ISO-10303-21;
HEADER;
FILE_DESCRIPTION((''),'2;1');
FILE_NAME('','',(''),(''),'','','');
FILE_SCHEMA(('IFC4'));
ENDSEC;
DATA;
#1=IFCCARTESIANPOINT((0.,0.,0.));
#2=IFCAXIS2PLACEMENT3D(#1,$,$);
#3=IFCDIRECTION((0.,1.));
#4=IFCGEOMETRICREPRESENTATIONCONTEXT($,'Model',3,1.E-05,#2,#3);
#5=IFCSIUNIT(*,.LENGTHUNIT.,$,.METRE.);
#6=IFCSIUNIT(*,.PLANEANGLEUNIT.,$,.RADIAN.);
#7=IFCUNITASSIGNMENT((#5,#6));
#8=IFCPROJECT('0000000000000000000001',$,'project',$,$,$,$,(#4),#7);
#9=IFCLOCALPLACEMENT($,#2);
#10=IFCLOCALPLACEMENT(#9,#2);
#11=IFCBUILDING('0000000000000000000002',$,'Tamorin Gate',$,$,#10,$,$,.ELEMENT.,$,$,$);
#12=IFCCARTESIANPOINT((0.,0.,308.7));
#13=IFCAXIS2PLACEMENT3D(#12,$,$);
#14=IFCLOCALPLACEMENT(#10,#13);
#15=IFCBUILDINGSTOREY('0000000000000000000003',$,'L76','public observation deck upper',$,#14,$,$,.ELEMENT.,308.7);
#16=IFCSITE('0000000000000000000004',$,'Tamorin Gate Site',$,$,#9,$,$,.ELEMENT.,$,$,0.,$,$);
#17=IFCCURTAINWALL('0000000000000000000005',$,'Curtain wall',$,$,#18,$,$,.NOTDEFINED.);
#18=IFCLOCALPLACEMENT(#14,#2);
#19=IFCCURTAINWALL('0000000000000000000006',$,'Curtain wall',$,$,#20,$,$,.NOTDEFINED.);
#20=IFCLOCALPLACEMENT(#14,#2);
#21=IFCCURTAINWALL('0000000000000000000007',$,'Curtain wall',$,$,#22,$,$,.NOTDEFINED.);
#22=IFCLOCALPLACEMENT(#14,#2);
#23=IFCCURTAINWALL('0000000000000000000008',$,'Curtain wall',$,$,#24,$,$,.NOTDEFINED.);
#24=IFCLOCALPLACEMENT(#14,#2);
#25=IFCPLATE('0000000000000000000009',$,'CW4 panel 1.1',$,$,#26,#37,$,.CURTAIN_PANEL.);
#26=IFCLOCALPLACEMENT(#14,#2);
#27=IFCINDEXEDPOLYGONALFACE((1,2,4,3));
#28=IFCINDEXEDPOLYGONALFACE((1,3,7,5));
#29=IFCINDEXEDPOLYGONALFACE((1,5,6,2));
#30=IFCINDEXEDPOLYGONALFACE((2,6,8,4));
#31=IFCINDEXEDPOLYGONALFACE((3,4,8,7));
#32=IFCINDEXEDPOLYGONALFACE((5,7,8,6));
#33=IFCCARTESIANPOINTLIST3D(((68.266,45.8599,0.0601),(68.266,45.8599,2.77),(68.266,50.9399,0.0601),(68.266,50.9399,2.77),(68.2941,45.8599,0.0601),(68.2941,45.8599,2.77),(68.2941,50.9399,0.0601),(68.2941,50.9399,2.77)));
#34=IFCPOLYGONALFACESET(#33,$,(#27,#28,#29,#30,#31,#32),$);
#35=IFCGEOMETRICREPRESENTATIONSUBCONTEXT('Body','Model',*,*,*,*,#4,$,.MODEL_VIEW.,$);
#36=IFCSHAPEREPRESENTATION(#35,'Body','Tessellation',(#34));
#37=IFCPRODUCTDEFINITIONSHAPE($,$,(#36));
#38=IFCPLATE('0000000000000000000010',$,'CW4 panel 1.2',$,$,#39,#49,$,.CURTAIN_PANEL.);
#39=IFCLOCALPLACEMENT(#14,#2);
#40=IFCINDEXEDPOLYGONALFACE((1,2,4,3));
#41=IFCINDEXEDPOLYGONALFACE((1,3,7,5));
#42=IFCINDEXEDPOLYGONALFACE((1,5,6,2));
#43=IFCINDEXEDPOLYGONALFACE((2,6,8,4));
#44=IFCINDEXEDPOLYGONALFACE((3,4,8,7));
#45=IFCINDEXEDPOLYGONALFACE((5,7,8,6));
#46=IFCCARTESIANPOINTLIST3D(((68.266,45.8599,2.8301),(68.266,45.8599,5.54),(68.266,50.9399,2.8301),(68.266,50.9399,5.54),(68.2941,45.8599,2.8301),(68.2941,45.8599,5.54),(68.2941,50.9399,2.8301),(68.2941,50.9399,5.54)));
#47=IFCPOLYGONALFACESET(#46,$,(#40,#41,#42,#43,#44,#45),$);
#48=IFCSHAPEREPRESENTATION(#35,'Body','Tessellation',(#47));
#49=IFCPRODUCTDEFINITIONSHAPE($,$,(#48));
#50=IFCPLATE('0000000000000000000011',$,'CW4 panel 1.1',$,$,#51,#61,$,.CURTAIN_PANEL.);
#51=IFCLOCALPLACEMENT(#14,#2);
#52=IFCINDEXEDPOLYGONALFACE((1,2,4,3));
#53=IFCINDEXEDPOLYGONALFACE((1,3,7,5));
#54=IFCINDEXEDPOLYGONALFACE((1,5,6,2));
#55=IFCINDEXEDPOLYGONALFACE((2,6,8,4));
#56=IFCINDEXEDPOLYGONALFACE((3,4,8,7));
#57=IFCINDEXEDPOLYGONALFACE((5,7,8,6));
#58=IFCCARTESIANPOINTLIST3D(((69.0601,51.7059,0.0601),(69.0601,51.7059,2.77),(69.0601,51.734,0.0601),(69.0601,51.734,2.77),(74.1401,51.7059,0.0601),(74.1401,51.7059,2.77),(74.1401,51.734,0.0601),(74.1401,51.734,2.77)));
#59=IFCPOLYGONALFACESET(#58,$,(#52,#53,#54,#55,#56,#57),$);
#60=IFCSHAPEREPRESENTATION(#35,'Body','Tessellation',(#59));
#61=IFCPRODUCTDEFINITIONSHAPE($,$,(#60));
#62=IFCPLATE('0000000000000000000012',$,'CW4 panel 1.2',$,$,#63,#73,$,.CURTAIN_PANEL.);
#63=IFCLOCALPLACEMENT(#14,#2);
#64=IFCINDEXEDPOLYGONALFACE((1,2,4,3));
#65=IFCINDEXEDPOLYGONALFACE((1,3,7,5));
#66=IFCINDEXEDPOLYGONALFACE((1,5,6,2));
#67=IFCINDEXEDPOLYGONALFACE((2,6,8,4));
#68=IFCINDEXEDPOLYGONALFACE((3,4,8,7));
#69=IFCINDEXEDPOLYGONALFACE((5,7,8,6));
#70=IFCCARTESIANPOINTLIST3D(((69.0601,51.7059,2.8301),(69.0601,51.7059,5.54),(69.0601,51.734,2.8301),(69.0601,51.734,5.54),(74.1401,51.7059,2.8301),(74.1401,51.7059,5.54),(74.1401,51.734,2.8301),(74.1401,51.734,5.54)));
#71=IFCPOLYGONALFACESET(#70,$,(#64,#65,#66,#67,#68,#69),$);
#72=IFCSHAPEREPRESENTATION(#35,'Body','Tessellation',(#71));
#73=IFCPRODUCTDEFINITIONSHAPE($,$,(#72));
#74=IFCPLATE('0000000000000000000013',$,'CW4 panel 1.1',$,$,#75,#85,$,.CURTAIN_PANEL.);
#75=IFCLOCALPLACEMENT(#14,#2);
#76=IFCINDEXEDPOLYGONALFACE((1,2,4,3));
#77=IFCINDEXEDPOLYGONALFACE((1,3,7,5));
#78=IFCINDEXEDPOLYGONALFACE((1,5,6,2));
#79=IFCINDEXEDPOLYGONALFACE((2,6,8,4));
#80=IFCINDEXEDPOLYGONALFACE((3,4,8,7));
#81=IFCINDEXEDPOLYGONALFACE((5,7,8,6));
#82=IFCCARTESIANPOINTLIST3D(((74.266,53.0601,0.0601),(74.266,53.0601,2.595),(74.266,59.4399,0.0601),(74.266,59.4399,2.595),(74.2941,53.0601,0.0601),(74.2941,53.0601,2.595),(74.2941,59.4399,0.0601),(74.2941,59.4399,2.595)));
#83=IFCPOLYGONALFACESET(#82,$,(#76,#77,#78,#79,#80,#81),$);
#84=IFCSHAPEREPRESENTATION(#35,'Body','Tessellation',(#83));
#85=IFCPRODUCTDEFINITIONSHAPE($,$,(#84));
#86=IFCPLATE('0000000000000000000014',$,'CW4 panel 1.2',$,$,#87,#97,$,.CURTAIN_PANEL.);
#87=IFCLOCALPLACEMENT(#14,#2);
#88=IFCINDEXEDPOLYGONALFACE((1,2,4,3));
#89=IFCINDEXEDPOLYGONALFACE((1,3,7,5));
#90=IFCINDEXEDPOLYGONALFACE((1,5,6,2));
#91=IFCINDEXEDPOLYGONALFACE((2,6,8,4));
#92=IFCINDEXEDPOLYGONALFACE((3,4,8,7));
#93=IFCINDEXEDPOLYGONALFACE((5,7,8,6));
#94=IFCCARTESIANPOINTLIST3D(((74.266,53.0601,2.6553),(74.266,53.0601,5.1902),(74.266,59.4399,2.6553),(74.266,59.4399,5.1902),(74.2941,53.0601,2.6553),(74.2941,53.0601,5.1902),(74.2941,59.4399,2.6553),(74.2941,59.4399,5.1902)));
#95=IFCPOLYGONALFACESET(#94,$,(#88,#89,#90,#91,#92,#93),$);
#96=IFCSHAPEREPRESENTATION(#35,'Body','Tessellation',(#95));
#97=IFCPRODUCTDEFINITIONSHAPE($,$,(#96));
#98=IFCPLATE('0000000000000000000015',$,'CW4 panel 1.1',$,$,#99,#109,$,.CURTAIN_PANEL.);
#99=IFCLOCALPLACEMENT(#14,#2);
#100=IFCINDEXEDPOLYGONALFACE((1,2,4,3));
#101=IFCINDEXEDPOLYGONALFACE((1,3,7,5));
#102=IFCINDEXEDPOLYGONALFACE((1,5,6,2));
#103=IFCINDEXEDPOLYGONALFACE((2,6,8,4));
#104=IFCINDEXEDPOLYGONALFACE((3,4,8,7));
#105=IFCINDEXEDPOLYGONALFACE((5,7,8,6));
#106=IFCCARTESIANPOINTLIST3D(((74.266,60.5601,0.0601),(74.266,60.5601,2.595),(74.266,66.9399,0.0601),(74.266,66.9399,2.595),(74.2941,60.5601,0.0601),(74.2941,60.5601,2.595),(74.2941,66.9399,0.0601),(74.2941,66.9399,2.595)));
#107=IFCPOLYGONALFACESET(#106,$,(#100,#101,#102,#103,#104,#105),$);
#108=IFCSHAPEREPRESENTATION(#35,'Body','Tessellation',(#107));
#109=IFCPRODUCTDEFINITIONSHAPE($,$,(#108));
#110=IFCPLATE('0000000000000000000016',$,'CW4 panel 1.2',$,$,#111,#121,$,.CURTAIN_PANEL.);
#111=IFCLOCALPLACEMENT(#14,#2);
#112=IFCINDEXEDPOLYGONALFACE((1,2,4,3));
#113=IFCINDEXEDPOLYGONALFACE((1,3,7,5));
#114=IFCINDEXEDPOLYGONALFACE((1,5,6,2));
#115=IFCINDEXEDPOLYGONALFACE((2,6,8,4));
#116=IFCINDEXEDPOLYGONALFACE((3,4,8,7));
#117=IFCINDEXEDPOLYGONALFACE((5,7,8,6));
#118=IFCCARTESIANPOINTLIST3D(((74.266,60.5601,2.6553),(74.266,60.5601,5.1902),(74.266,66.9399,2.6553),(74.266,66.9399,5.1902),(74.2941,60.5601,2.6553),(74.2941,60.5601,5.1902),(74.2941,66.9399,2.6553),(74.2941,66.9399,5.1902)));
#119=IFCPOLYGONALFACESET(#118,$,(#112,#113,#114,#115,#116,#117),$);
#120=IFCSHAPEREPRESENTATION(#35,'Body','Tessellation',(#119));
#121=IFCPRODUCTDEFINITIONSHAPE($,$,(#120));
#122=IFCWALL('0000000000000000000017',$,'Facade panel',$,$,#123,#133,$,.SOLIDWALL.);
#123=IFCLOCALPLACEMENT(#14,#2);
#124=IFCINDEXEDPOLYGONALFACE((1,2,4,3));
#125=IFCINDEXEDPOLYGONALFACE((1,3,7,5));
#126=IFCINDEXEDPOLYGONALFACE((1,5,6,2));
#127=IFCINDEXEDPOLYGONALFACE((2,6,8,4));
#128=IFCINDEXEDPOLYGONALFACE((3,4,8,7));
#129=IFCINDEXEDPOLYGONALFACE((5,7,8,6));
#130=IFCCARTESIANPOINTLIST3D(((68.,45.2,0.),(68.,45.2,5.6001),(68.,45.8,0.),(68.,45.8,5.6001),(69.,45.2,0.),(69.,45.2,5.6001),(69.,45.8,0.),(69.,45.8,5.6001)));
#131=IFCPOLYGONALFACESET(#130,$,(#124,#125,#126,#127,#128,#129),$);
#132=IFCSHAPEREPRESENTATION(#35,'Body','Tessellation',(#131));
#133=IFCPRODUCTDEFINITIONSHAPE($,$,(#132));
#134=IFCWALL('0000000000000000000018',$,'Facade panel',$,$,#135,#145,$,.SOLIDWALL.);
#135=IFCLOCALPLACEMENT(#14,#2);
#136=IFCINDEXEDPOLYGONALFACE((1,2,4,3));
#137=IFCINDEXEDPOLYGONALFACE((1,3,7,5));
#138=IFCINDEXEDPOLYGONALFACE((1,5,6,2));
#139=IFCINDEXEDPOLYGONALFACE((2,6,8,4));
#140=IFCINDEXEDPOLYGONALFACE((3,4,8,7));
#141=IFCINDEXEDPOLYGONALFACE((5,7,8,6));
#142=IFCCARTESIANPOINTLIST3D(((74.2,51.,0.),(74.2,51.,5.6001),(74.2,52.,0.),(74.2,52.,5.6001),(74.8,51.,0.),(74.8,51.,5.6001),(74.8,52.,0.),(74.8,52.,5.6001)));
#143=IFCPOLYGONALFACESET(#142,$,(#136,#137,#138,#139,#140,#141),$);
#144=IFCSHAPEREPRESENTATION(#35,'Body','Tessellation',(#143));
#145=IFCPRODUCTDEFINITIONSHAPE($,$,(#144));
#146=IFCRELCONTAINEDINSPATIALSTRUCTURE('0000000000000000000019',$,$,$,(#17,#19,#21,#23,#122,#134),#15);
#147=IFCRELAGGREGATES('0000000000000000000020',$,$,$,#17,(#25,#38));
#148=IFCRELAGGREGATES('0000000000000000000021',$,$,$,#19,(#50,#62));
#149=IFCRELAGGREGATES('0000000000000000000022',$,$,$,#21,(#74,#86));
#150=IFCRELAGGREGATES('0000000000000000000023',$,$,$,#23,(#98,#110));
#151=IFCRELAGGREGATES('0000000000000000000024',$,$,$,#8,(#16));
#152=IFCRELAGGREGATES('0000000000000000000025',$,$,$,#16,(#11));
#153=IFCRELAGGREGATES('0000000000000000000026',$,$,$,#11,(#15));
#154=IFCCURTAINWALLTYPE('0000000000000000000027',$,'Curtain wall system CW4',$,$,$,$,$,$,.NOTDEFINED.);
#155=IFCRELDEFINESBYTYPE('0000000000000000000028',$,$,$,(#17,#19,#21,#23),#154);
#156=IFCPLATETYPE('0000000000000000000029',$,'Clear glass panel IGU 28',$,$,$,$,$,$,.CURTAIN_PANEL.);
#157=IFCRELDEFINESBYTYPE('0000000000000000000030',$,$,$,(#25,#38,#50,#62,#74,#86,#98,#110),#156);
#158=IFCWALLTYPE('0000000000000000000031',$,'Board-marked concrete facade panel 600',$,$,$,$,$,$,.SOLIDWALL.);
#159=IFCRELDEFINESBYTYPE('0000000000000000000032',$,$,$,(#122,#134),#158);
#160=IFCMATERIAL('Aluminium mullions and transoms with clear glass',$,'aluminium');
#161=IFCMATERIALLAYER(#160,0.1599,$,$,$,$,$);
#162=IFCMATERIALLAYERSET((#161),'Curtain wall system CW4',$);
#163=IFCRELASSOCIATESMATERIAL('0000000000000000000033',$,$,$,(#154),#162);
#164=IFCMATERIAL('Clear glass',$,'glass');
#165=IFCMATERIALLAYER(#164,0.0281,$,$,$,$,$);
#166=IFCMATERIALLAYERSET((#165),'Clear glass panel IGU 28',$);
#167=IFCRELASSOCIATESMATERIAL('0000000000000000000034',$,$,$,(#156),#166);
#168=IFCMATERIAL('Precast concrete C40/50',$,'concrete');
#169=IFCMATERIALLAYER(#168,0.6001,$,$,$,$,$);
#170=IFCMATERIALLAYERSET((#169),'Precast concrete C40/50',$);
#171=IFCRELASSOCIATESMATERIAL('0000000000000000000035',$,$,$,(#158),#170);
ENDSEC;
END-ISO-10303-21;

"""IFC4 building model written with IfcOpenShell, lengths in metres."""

from ifc_helpers import new_model, si_unit, direction, frame, frame_2d, origin, origin_2d, place, context, subcontext, project, spatial, rectangle, extrude, material, layer, layer_set, type_object, element, aggregate, save


model = new_model("IFC4")

# Units and contexts
model_context = context("Model", 3, precision=1e-05, world=origin(), true_north=direction((0.0, 1.0)))
body_context = subcontext(model_context, "Body", "Model", "MODEL_VIEW")
ifc_project = project(units=[si_unit("LENGTHUNIT", "METRE"), si_unit("PLANEANGLEUNIT", "RADIAN")], contexts=[model_context])

# Site, building, storey
site_placement = place(None, origin())
site = spatial("IfcSite", under=ifc_project, at=site_placement, Name="Tamorin Gate Site", CompositionType="ELEMENT", RefElevation=0.0)
building_placement = place(site_placement, origin())
building = spatial("IfcBuilding", under=site, at=building_placement, Name="Tamorin Gate", CompositionType="ELEMENT")
storey_placement = place(building_placement, frame((0.0, 0.0, 308.7)))
storey = spatial("IfcBuildingStorey", under=building, at=storey_placement, Name="L76", Description="public observation deck upper", CompositionType="ELEMENT", Elevation=308.7)

# Curtain walls
ifc_material_1 = material(Name="Aluminium mullions and transoms with clear glass", Category="aluminium")
ifc_layer_1 = layer(ifc_material_1, 0.1599)
ifc_layer_set_1 = layer_set([ifc_layer_1], Name="Curtain wall system CW4")
curtain_wall_type = type_object("IfcCurtainWallType", Name="Curtain wall system CW4", PredefinedType="NOTDEFINED", material=ifc_layer_set_1)
curtain_wall_1_placement = place(storey_placement, origin())
curtain_wall_1 = element("IfcCurtainWall", 1, at=curtain_wall_1_placement, inside=storey, type_object=curtain_wall_type, Name="Curtain wall", PredefinedType="NOTDEFINED")
curtain_wall_2_placement = place(storey_placement, origin())
curtain_wall_2 = element("IfcCurtainWall", 2, at=curtain_wall_2_placement, inside=storey, type_object=curtain_wall_type, Name="Curtain wall", PredefinedType="NOTDEFINED")
curtain_wall_3_placement = place(storey_placement, origin())
curtain_wall_3 = element("IfcCurtainWall", 3, at=curtain_wall_3_placement, inside=storey, type_object=curtain_wall_type, Name="Curtain wall", PredefinedType="NOTDEFINED")
curtain_wall_4_placement = place(storey_placement, origin())
curtain_wall_4 = element("IfcCurtainWall", 4, at=curtain_wall_4_placement, inside=storey, type_object=curtain_wall_type, Name="Curtain wall", PredefinedType="NOTDEFINED")

# Plates
ifc_material_2 = material(Name="Clear glass", Category="glass")
ifc_layer_2 = layer(ifc_material_2, 0.0281)
ifc_layer_set_2 = layer_set([ifc_layer_2], Name="Clear glass panel IGU 28")
plate_type = type_object("IfcPlateType", Name="Clear glass panel IGU 28", PredefinedType="CURTAIN_PANEL", material=ifc_layer_set_2)
plate_1_placement = place(storey_placement, frame((68.28, 48.3999, 0.0601), z_axis=(0.0, 0.0, 1.0), x_axis=(0.0, 1.0, 0.0)))
plate_1 = element("IfcPlate", 5, at=plate_1_placement, type_object=plate_type, Name="CW4 panel 1.1", PredefinedType="CURTAIN_PANEL", context=body_context, shape_type="SweptSolid", body=[
    extrude(rectangle(XDim=5.0801, YDim=0.0281, at=origin_2d()), origin(), (0.0, 0.0, 1.0), 2.71),
])
plate_2_placement = place(storey_placement, frame((68.28, 48.3999, 2.8301), z_axis=(0.0, 0.0, 1.0), x_axis=(0.0, 1.0, 0.0)))
plate_2 = element("IfcPlate", 6, at=plate_2_placement, type_object=plate_type, Name="CW4 panel 1.2", PredefinedType="CURTAIN_PANEL", context=body_context, shape_type="SweptSolid", body=[
    extrude(rectangle(XDim=5.0801, YDim=0.0281, at=origin_2d()), origin(), (0.0, 0.0, 1.0), 2.71),
])
aggregate(curtain_wall_1, [plate_1, plate_2])
plate_3_placement = place(storey_placement, frame((71.6001, 51.72, 0.0601), z_axis=(0.0, 0.0, 1.0), x_axis=(1.0, 0.0, 0.0)))
plate_3 = element("IfcPlate", 7, at=plate_3_placement, type_object=plate_type, Name="CW4 panel 1.1", PredefinedType="CURTAIN_PANEL", context=body_context, shape_type="SweptSolid", body=[
    extrude(rectangle(XDim=5.0801, YDim=0.0281, at=origin_2d()), origin(), (0.0, 0.0, 1.0), 2.71),
])
plate_4_placement = place(storey_placement, frame((71.6001, 51.72, 2.8301), z_axis=(0.0, 0.0, 1.0), x_axis=(1.0, 0.0, 0.0)))
plate_4 = element("IfcPlate", 8, at=plate_4_placement, type_object=plate_type, Name="CW4 panel 1.2", PredefinedType="CURTAIN_PANEL", context=body_context, shape_type="SweptSolid", body=[
    extrude(rectangle(XDim=5.0801, YDim=0.0281, at=origin_2d()), origin(), (0.0, 0.0, 1.0), 2.71),
])
aggregate(curtain_wall_2, [plate_3, plate_4])
plate_5_placement = place(storey_placement, frame((74.28, 56.25, 0.0601), z_axis=(0.0, 0.0, 1.0), x_axis=(0.0, 1.0, 0.0)))
plate_5 = element("IfcPlate", 9, at=plate_5_placement, type_object=plate_type, Name="CW4 panel 1.1", PredefinedType="CURTAIN_PANEL", context=body_context, shape_type="SweptSolid", body=[
    extrude(rectangle(XDim=6.3799, YDim=0.0281, at=origin_2d()), origin(), (0.0, 0.0, 1.0), 2.5349),
])
plate_6_placement = place(storey_placement, frame((74.28, 56.25, 2.6553), z_axis=(0.0, 0.0, 1.0), x_axis=(0.0, 1.0, 0.0)))
plate_6 = element("IfcPlate", 10, at=plate_6_placement, type_object=plate_type, Name="CW4 panel 1.2", PredefinedType="CURTAIN_PANEL", context=body_context, shape_type="SweptSolid", body=[
    extrude(rectangle(XDim=6.3799, YDim=0.0281, at=origin_2d()), origin(), (0.0, 0.0, 1.0), 2.5349),
])
aggregate(curtain_wall_3, [plate_5, plate_6])
plate_7_placement = place(storey_placement, frame((74.28, 63.75, 0.0601), z_axis=(0.0, 0.0, 1.0), x_axis=(0.0, 1.0, 0.0)))
plate_7 = element("IfcPlate", 11, at=plate_7_placement, type_object=plate_type, Name="CW4 panel 1.1", PredefinedType="CURTAIN_PANEL", context=body_context, shape_type="SweptSolid", body=[
    extrude(rectangle(XDim=6.3799, YDim=0.0281, at=origin_2d()), origin(), (0.0, 0.0, 1.0), 2.5349),
])
plate_8_placement = place(storey_placement, frame((74.28, 63.75, 2.6553), z_axis=(0.0, 0.0, 1.0), x_axis=(0.0, 1.0, 0.0)))
plate_8 = element("IfcPlate", 12, at=plate_8_placement, type_object=plate_type, Name="CW4 panel 1.2", PredefinedType="CURTAIN_PANEL", context=body_context, shape_type="SweptSolid", body=[
    extrude(rectangle(XDim=6.3799, YDim=0.0281, at=origin_2d()), origin(), (0.0, 0.0, 1.0), 2.5349),
])
aggregate(curtain_wall_4, [plate_7, plate_8])

# Walls
ifc_material_3 = material(Name="Precast concrete C40/50", Category="concrete")
ifc_layer_3 = layer(ifc_material_3, 0.6001)
ifc_layer_set_3 = layer_set([ifc_layer_3], Name="Precast concrete C40/50")
wall_type = type_object("IfcWallType", Name="Board-marked concrete facade panel 600", PredefinedType="SOLIDWALL", material=ifc_layer_set_3)
for number, where, z_axis, x_axis, name in (
    (13, (68.0, 45.5, 0.0), (0.0, 0.0, 1.0), (1.0, 0.0, 0.0), "Facade panel"),
    (14, (74.5, 51.0, 0.0), (0.0, 0.0, 1.0), (0.0, 1.0, 0.0), "Facade panel"),
):
    element("IfcWall", number, at=place(storey_placement, frame(where, z_axis=z_axis, x_axis=x_axis)), inside=storey, type_object=wall_type, Name=name, PredefinedType="SOLIDWALL", context=body_context, shape_type="SweptSolid", body=[
        extrude(rectangle(XDim=1.0, YDim=0.6001, at=frame_2d((0.5, 0.0))), origin(), (0.0, 0.0, 1.0), 5.6001),
    ])

save(model, "model.ifc")
